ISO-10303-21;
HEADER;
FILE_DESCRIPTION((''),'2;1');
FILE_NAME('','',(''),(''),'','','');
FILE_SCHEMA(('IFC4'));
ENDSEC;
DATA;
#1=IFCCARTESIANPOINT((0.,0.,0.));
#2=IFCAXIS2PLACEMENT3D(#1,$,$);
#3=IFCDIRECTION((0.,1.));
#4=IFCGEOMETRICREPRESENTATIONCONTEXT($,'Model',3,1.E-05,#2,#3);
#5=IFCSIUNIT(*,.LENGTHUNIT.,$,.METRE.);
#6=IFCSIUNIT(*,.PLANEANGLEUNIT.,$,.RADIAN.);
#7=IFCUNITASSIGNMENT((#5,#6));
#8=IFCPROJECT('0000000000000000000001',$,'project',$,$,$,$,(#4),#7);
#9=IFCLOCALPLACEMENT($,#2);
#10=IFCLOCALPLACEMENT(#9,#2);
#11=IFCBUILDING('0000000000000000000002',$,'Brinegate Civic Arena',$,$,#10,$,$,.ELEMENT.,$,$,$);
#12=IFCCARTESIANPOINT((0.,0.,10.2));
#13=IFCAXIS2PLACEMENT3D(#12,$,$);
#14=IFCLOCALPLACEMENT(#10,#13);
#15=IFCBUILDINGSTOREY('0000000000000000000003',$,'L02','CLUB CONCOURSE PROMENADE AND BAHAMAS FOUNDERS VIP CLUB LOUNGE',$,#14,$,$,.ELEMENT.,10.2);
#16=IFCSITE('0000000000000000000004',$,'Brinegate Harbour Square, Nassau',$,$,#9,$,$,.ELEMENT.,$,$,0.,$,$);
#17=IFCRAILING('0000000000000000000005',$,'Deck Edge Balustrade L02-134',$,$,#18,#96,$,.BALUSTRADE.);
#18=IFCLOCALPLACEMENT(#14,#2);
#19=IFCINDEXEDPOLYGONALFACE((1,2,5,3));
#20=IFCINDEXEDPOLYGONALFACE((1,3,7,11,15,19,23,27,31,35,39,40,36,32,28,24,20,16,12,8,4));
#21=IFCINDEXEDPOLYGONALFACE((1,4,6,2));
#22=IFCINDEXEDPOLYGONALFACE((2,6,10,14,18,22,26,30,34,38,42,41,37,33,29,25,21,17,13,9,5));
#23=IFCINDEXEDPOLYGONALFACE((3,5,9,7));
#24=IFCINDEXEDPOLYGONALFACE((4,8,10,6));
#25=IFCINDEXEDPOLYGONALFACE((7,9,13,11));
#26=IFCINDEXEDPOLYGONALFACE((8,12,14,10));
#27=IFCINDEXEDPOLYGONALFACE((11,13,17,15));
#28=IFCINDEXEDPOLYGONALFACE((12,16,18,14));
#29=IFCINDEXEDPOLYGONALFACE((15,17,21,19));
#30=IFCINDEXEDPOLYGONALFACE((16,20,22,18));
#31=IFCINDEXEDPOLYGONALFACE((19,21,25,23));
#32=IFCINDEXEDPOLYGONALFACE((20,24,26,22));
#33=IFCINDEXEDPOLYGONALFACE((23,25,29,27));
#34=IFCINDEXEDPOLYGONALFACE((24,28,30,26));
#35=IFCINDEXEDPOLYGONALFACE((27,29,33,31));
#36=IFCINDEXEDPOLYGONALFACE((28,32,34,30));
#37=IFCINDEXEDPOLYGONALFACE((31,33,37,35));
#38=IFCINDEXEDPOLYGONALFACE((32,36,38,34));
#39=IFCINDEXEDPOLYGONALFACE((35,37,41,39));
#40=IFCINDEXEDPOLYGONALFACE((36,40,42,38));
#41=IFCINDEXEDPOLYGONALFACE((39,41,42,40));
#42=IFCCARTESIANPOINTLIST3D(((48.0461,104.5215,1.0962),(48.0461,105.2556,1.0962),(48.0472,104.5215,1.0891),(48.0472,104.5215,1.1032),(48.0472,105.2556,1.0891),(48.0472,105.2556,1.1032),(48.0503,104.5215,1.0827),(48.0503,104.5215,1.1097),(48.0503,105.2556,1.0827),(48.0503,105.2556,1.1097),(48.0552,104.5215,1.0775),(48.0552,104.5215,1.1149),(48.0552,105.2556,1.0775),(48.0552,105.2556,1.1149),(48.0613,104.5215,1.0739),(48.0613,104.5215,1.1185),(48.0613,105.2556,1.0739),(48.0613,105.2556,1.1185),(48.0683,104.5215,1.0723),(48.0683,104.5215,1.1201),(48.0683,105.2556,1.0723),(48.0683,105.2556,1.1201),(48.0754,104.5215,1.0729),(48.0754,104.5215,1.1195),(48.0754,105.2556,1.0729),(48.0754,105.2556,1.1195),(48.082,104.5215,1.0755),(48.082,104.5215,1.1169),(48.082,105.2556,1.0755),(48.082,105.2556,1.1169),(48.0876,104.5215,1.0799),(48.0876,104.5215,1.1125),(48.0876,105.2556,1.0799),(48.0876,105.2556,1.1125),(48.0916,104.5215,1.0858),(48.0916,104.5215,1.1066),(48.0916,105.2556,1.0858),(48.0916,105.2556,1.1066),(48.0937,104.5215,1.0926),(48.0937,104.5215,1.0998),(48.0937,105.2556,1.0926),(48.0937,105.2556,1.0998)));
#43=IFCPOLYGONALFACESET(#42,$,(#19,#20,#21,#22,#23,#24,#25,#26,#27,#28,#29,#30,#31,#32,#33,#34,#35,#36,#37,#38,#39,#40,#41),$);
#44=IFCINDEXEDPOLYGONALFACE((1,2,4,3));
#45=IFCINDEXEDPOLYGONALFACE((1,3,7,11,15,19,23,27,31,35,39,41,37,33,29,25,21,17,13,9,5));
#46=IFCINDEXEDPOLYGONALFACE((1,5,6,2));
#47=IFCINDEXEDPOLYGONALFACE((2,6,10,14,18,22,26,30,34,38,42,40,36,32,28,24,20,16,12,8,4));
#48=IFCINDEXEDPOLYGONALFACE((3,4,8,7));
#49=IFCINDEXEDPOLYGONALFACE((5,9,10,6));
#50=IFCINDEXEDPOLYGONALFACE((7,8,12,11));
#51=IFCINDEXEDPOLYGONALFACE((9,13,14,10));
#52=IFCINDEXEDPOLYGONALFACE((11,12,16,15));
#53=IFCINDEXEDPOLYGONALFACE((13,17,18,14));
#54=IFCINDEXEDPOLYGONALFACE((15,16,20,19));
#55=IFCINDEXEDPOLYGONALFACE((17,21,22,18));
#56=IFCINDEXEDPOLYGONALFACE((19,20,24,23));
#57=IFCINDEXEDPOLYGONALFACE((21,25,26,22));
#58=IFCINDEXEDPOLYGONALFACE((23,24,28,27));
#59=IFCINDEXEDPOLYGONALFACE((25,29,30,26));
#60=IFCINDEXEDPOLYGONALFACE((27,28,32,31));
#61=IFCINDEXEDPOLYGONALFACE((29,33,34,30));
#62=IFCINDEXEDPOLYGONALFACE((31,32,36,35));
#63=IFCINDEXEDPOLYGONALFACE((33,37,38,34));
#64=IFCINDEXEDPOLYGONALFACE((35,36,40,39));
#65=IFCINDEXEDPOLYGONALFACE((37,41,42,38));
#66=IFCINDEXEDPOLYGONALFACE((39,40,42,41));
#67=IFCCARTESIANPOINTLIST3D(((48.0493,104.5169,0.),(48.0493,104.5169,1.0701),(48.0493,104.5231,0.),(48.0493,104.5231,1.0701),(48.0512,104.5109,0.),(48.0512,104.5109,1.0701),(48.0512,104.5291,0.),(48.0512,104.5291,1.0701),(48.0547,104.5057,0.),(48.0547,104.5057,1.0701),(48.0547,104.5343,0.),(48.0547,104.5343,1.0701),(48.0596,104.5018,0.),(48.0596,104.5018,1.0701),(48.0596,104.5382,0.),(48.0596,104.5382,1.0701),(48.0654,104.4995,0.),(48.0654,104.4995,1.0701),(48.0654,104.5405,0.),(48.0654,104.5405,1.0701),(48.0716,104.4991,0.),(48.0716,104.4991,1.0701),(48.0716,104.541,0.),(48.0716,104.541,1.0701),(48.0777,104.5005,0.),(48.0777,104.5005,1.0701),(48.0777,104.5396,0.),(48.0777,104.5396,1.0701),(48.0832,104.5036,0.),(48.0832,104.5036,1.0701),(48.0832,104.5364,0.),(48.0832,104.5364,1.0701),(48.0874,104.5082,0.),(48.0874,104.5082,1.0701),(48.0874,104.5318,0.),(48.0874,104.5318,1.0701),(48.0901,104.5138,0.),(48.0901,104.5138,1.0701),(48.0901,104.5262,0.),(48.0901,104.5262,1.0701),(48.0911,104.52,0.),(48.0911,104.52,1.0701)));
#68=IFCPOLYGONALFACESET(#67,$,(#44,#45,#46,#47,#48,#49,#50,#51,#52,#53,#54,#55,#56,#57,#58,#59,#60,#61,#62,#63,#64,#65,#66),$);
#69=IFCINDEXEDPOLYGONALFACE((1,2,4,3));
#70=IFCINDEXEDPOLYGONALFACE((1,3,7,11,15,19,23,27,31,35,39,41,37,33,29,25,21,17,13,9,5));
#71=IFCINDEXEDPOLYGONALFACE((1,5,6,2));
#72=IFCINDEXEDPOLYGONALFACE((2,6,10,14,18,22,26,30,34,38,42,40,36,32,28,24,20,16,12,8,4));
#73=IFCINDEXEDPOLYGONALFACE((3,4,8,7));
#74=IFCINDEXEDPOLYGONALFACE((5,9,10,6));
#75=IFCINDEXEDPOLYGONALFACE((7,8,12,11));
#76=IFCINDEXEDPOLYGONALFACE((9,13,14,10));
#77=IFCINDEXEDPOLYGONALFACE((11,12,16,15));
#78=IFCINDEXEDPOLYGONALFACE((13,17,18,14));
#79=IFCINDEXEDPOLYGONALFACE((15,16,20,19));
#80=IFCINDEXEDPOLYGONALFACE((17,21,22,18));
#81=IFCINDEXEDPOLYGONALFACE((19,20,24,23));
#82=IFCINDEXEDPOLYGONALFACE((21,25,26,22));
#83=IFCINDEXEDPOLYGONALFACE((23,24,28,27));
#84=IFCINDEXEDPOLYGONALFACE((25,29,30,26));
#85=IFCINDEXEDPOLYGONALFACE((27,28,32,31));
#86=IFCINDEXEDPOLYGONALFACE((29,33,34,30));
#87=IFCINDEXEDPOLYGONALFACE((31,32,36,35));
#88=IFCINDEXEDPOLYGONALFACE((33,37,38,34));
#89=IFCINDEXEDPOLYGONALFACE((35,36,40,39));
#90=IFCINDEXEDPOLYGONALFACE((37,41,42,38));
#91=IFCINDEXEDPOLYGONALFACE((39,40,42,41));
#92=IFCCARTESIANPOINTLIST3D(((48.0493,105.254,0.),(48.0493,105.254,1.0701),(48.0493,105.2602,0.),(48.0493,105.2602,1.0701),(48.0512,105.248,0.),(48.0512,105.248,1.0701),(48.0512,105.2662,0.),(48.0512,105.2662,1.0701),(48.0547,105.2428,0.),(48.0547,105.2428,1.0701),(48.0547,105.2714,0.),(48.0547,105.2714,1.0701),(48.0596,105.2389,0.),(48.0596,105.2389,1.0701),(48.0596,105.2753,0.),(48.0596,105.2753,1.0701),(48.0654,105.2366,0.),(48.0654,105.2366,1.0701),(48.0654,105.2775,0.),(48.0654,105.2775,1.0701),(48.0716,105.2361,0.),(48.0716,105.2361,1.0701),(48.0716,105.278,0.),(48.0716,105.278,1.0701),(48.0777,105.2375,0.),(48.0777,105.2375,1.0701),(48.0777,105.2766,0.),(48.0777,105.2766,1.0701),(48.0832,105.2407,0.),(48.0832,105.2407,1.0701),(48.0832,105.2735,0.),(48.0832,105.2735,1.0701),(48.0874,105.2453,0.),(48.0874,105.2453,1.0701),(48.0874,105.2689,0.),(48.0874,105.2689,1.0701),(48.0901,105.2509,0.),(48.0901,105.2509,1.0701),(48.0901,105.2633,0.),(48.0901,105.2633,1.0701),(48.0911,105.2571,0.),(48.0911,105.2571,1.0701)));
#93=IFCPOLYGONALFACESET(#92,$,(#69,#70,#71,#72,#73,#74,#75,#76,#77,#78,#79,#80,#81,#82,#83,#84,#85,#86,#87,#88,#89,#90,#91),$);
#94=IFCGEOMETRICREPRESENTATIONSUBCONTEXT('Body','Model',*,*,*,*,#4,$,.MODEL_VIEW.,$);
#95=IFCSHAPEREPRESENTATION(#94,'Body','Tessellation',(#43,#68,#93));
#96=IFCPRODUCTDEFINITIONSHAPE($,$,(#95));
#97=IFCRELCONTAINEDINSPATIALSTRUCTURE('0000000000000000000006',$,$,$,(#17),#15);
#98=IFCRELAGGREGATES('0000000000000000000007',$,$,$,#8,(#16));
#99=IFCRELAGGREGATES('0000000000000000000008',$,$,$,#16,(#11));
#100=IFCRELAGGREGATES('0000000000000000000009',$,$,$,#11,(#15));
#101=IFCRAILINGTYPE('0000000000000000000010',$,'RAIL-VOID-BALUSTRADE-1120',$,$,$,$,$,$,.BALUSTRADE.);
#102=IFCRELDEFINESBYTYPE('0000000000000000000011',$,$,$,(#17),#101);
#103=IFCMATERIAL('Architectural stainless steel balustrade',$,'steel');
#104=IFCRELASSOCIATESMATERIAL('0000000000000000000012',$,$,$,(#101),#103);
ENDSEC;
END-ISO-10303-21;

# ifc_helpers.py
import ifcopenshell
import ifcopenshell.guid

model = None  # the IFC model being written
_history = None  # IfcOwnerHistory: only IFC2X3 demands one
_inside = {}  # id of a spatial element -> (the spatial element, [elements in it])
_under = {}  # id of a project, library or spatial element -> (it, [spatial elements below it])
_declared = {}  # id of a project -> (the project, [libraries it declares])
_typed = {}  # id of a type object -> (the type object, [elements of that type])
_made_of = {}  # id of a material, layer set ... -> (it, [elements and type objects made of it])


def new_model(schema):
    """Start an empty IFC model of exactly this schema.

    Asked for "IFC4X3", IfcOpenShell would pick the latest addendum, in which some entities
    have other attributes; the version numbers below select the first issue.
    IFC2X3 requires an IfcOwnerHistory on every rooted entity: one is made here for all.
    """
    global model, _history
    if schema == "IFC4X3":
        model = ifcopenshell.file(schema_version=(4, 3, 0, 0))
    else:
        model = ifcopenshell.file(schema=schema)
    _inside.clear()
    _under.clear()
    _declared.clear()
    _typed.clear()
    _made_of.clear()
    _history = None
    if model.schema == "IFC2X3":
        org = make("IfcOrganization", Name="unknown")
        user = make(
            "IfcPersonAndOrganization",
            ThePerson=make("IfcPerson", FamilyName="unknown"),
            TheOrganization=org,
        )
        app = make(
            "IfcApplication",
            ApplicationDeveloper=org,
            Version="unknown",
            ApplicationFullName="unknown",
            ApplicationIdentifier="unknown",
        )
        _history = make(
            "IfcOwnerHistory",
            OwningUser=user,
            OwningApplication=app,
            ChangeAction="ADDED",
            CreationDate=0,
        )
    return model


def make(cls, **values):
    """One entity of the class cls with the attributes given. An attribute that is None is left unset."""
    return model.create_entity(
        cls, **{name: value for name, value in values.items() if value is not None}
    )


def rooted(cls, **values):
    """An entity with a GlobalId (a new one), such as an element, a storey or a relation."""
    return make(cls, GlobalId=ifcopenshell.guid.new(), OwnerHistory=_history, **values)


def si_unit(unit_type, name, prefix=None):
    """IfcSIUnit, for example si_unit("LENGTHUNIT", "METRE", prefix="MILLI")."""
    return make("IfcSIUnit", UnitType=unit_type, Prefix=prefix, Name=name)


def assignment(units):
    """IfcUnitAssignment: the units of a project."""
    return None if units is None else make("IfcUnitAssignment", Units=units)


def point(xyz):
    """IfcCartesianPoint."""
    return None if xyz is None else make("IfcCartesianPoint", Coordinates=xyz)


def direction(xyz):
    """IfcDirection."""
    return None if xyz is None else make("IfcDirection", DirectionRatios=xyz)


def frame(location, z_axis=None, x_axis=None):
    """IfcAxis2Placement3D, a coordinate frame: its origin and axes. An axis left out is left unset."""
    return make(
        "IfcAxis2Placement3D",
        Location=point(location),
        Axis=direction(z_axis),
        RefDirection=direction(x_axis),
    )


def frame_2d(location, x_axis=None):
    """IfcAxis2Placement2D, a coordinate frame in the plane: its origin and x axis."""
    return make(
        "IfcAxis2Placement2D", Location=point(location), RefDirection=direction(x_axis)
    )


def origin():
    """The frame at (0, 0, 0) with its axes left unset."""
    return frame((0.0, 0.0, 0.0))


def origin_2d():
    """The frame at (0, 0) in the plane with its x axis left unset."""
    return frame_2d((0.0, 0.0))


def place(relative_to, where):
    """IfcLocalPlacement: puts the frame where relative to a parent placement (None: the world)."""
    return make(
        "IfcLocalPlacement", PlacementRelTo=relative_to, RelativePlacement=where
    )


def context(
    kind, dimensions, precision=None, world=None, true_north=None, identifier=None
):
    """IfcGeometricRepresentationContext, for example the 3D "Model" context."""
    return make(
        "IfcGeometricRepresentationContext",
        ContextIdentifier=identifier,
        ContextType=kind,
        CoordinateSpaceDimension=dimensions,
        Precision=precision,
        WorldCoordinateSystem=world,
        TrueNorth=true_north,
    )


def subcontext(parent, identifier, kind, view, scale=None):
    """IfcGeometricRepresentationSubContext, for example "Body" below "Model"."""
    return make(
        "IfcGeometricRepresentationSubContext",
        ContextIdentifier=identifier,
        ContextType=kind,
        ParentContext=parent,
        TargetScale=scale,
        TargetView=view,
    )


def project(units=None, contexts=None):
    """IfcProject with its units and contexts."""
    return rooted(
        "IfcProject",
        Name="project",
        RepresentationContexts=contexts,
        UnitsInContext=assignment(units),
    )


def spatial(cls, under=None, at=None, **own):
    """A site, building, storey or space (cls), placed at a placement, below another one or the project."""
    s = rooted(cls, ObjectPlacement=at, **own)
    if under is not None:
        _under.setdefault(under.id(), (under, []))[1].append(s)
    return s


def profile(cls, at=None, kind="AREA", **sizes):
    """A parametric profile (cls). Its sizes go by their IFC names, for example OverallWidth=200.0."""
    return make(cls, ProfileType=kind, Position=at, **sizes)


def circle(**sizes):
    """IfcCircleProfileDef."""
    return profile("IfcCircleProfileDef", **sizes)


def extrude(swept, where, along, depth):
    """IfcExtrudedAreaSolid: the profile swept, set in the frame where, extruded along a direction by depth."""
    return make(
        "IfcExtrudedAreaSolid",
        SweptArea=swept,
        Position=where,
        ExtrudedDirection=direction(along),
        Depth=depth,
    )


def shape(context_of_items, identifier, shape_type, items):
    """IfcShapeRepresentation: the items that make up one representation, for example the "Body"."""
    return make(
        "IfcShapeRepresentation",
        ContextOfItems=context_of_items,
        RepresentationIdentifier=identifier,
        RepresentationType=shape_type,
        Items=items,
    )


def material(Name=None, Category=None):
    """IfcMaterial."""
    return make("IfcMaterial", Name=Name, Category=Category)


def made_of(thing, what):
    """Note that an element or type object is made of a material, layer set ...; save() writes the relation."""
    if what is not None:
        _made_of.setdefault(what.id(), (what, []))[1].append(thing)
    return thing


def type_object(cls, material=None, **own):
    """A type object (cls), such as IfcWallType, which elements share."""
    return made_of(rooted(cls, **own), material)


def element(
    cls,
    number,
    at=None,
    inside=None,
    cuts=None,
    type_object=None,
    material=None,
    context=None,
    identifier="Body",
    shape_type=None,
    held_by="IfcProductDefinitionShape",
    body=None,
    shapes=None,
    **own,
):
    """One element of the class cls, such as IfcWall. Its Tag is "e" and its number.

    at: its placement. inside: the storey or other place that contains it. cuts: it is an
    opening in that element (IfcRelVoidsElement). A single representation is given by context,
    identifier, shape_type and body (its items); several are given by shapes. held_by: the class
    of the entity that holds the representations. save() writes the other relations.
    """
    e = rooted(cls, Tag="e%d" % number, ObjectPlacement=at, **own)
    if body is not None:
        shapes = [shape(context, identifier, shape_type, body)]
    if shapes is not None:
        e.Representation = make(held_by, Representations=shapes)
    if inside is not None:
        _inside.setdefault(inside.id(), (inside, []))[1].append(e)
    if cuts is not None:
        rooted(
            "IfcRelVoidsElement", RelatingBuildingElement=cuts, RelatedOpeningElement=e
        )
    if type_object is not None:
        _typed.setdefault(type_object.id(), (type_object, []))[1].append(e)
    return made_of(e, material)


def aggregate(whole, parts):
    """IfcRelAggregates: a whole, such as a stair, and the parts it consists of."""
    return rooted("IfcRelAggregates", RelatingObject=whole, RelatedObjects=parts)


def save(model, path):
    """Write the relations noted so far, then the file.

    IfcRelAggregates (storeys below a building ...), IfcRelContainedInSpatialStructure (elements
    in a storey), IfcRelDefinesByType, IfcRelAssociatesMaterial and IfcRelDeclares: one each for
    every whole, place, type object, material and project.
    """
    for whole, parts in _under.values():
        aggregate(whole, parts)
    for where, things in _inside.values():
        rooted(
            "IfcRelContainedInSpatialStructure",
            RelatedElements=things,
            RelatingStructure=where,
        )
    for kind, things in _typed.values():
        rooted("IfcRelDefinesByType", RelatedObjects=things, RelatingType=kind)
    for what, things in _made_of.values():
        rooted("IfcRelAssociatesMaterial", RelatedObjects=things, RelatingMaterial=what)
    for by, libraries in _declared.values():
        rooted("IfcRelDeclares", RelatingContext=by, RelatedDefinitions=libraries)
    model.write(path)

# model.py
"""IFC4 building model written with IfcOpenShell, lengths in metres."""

from ifc_helpers import new_model, si_unit, direction, frame, origin, origin_2d, place, context, subcontext, project, spatial, circle, extrude, material, type_object, element, save


model = new_model("IFC4")

# Units and contexts
model_context = context("Model", 3, precision=1e-05, world=origin(), true_north=direction((0.0, 1.0)))
body_context = subcontext(model_context, "Body", "Model", "MODEL_VIEW")
ifc_project = project(units=[si_unit("LENGTHUNIT", "METRE"), si_unit("PLANEANGLEUNIT", "RADIAN")], contexts=[model_context])

# Site, building, storey
site_placement = place(None, origin())
site = spatial("IfcSite", under=ifc_project, at=site_placement, Name="Brinegate Harbour Square, Nassau", CompositionType="ELEMENT", RefElevation=0.0)
building_placement = place(site_placement, origin())
building = spatial("IfcBuilding", under=site, at=building_placement, Name="Brinegate Civic Arena", CompositionType="ELEMENT")
storey_placement = place(building_placement, frame((0.0, 0.0, 10.2)))
storey = spatial("IfcBuildingStorey", under=building, at=storey_placement, Name="L02", Description="CLUB CONCOURSE PROMENADE AND BAHAMAS FOUNDERS VIP CLUB LOUNGE", CompositionType="ELEMENT", Elevation=10.2)

# Railing
ifc_material_1 = material(Name="Architectural stainless steel balustrade", Category="steel")
railing_type = type_object("IfcRailingType", Name="RAIL-VOID-BALUSTRADE-1120", PredefinedType="BALUSTRADE", material=ifc_material_1)
for number, where, name in (
    (1, (48.0701, 104.52, 0.0), "Deck Edge Balustrade L02-134"),
):
    element("IfcRailing", number, at=place(storey_placement, frame(where)), inside=storey, type_object=railing_type, Name=name, PredefinedType="BALUSTRADE", context=body_context, shape_type="SweptSolid", body=[
        extrude(circle(Radius=0.0239, at=origin_2d()), frame((0.0, 0.0015, 1.0962), z_axis=(0.0, 1.0, 0.0), x_axis=(-1.0, 0.0, 0.0)), (0.0, 0.0, 1.0), 0.7341),
        extrude(circle(Radius=0.021, at=origin_2d()), origin(), (0.0, 0.0, 1.0), 1.0701),
        extrude(circle(Radius=0.021, at=origin_2d()), frame((0.0, 0.7371, 0.0)), (0.0, 0.0, 1.0), 1.0701),
    ])

save(model, "model.ifc")
